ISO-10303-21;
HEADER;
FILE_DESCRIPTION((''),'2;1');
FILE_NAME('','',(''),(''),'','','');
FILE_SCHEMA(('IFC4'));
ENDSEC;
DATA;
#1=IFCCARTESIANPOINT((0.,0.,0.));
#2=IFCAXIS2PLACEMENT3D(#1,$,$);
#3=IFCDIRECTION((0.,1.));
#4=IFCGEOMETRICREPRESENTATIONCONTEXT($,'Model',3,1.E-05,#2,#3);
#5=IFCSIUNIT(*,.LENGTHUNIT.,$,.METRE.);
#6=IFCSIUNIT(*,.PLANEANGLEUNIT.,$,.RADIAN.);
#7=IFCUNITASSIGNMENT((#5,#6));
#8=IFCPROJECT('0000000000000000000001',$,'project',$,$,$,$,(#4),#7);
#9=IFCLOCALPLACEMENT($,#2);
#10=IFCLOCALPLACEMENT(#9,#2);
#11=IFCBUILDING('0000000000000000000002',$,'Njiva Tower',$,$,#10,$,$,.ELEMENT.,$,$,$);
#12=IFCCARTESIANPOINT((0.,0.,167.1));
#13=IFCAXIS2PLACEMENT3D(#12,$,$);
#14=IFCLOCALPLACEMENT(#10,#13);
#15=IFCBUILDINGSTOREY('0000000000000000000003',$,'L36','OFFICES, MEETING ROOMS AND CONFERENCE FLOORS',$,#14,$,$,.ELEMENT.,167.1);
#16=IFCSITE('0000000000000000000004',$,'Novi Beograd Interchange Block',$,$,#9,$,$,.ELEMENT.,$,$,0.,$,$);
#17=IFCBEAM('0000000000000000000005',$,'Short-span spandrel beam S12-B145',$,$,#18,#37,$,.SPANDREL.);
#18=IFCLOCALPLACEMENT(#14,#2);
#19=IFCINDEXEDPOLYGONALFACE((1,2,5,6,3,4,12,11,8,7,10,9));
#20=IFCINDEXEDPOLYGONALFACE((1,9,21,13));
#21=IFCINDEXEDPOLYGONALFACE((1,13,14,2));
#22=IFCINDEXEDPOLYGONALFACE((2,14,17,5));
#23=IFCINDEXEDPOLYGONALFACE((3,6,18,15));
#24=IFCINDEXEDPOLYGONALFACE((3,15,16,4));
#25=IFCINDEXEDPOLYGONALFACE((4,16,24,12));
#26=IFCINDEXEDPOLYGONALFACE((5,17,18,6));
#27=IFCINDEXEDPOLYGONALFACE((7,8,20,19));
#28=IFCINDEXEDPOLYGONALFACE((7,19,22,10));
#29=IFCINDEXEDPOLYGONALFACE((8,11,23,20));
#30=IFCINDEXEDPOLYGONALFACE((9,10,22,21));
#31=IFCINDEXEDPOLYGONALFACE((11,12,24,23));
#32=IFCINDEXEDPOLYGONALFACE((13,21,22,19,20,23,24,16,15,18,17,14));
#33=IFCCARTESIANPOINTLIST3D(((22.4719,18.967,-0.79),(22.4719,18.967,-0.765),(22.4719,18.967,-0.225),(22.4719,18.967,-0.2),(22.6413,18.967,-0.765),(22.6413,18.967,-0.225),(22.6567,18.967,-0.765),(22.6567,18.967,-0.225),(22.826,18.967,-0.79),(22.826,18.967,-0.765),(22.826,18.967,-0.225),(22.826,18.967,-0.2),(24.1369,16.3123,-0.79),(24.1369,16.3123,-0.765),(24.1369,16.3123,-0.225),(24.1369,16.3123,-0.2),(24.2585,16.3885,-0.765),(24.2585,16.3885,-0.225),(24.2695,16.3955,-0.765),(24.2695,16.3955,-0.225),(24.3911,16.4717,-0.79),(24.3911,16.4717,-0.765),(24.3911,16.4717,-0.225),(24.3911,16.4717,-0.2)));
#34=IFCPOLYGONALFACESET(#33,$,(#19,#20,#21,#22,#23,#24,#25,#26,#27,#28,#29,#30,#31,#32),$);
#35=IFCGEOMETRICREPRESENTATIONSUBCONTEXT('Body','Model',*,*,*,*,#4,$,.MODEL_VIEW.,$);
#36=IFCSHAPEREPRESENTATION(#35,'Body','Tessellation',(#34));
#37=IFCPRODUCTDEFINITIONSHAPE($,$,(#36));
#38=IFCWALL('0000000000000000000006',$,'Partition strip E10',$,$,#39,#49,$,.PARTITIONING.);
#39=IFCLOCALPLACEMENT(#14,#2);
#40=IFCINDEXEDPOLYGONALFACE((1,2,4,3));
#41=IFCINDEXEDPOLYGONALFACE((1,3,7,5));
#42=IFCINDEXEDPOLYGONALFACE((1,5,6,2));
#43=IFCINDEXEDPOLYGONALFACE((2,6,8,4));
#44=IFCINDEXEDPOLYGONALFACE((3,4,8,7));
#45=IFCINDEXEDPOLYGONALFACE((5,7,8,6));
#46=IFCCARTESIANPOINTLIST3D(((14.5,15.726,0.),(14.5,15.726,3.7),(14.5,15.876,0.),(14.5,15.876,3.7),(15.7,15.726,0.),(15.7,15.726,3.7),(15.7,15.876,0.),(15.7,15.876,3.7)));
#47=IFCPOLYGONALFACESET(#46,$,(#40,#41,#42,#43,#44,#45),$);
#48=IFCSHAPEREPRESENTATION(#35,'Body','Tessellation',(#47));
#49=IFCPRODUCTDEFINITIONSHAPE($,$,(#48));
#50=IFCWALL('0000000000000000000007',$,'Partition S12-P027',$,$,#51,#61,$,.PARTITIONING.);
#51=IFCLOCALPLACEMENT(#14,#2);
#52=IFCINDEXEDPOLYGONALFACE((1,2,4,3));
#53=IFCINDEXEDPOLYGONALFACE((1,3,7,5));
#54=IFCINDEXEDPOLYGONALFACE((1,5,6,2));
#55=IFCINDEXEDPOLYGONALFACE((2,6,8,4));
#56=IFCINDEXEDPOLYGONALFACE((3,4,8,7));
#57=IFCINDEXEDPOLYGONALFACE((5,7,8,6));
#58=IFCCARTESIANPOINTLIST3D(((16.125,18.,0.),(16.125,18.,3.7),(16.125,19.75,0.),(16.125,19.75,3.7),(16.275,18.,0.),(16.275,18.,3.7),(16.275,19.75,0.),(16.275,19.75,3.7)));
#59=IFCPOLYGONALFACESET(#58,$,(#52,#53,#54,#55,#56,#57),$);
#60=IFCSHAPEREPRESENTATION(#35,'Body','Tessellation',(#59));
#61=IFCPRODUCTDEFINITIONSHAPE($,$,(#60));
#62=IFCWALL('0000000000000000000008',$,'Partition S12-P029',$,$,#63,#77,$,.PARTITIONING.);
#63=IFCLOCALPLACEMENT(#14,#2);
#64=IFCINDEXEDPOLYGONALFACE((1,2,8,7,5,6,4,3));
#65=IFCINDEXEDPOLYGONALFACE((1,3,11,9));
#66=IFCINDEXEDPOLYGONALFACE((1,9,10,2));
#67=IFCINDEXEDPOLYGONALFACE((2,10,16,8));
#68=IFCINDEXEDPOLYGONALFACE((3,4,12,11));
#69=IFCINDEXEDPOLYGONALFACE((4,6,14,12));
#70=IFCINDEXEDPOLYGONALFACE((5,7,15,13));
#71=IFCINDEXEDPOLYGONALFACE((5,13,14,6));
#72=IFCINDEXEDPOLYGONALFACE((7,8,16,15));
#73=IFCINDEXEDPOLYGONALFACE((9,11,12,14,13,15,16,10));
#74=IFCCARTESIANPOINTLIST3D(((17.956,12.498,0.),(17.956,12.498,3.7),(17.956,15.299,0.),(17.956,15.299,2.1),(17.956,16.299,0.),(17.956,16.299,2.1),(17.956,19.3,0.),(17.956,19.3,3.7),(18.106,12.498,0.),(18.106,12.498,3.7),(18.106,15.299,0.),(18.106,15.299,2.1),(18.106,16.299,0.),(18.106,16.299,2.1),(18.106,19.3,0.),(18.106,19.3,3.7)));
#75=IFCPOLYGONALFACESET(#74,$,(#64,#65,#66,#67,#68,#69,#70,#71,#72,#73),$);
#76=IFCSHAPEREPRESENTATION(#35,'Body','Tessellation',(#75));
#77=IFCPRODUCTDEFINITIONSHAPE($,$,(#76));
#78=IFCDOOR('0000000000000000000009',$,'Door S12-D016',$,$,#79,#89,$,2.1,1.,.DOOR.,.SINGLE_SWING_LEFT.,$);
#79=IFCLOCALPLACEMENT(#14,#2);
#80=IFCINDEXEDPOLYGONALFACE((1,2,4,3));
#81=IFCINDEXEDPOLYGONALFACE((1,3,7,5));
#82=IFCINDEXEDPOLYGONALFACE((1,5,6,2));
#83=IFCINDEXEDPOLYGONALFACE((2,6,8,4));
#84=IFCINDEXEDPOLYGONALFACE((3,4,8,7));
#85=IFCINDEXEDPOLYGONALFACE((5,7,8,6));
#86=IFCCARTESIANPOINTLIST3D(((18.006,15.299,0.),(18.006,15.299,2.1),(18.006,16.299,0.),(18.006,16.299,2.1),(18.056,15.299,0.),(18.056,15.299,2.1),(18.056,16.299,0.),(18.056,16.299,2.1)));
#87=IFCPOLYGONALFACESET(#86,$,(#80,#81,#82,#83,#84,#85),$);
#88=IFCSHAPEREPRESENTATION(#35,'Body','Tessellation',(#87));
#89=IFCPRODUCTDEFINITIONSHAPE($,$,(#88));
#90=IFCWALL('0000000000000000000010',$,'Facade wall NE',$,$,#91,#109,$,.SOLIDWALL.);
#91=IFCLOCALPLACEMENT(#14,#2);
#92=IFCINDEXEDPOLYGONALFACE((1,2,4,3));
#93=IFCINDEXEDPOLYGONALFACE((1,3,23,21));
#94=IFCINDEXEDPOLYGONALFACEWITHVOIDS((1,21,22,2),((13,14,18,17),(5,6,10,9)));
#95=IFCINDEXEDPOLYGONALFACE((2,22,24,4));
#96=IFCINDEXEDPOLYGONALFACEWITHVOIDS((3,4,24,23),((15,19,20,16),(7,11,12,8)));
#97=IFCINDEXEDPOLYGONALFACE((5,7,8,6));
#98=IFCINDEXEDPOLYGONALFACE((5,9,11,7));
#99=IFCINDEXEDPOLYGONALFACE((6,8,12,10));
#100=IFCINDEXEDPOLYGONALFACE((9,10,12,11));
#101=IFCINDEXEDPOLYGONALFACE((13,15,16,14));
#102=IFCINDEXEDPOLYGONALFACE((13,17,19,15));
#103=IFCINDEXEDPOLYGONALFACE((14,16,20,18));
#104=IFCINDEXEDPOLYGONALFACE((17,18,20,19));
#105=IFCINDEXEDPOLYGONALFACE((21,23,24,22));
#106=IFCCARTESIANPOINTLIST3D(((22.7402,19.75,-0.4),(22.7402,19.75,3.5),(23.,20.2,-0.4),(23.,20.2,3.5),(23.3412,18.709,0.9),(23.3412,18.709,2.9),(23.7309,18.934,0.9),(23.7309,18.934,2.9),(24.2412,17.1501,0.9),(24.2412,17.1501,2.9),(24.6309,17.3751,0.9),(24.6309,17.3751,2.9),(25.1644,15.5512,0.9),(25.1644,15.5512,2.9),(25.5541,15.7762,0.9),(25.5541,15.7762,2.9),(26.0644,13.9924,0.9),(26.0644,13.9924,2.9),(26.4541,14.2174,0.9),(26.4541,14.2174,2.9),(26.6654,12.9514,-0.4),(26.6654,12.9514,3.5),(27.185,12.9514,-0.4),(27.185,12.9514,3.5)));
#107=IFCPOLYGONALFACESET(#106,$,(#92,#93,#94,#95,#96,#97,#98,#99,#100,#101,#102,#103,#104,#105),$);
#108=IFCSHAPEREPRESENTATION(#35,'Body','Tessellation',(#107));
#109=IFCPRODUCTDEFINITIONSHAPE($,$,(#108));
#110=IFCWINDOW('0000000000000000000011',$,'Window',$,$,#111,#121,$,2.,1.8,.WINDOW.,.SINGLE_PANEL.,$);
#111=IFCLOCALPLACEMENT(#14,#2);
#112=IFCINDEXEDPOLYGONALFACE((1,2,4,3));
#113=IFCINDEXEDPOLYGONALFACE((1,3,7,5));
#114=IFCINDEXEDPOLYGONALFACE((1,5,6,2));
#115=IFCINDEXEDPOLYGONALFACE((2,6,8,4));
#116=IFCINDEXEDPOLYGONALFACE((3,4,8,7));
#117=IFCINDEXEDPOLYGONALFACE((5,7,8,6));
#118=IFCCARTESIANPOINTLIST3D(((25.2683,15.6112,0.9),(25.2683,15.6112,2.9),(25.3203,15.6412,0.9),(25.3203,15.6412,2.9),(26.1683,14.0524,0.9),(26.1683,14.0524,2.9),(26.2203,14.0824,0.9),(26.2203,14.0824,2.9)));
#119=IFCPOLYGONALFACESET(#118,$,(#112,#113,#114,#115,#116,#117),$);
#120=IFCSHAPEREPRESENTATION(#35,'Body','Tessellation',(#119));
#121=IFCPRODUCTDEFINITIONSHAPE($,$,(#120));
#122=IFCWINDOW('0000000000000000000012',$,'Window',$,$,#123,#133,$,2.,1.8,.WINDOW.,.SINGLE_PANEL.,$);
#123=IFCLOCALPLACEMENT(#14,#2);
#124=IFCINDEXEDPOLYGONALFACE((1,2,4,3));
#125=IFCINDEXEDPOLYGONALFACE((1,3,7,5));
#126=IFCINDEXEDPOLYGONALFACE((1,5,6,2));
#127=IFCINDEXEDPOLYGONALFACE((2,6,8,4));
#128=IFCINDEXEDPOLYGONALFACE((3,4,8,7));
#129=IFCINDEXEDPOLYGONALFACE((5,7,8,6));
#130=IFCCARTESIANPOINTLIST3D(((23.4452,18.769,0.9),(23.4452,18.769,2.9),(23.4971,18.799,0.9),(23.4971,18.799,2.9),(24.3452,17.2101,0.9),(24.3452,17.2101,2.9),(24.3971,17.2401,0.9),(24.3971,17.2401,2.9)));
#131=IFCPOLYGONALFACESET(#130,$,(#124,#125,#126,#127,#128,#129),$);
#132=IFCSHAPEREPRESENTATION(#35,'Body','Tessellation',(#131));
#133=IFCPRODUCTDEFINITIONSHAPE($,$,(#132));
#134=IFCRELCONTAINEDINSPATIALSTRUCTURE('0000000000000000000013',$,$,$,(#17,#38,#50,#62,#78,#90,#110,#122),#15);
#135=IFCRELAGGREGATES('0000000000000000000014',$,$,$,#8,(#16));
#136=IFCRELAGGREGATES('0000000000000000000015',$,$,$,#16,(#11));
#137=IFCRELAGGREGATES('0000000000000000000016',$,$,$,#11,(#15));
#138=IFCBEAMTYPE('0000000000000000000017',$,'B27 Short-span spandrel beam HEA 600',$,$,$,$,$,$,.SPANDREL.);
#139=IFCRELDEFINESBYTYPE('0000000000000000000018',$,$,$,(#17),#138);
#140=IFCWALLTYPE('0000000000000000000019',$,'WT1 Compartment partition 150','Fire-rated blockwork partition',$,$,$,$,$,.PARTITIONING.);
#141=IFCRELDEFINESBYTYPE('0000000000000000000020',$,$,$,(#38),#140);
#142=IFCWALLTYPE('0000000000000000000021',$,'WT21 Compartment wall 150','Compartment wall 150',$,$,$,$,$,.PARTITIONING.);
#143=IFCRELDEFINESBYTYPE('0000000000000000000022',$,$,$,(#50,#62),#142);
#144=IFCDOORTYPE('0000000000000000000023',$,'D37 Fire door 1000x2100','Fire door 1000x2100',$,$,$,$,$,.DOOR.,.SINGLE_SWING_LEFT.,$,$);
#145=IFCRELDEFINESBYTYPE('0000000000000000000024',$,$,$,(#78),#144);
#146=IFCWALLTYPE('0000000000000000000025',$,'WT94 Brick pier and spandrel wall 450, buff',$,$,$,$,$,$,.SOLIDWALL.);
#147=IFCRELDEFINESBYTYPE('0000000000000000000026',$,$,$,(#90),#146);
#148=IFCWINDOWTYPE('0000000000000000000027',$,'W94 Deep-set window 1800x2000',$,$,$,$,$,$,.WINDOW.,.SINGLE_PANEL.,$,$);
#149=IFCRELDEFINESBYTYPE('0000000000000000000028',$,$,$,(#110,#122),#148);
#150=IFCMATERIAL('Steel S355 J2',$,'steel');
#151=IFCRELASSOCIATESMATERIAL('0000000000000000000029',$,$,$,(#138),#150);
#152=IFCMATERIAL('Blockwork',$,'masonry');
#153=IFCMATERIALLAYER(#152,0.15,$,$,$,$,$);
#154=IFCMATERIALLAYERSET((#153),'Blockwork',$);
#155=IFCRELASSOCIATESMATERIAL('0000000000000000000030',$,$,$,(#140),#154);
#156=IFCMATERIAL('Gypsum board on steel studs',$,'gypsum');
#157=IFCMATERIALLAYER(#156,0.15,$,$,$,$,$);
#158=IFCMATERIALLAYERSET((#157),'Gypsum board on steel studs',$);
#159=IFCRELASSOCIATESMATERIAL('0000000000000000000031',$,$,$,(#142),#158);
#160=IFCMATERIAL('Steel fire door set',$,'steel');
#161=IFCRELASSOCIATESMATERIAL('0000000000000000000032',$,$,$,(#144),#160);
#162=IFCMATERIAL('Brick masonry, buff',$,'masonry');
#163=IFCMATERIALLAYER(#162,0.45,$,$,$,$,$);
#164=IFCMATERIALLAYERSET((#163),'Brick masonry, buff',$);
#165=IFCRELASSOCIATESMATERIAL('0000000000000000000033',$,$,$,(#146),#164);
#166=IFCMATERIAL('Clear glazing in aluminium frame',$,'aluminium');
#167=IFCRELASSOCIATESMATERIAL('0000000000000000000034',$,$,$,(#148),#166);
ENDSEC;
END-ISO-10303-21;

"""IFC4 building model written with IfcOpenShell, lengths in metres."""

from ifc_helpers import new_model, si_unit, direction, frame, frame_2d, origin, origin_2d, place, context, subcontext, project, spatial, polyline, rectangle, i_section, outline, extrude, clip, halfspace, material, layer, layer_set, material_profile, profile_set, type_object, element, fill, save


model = new_model("IFC4")

# Units and contexts
model_context = context("Model", 3, precision=1e-05, world=origin(), true_north=direction((0.0, 1.0)))
body_context = subcontext(model_context, "Body", "Model", "MODEL_VIEW")
ifc_project = project(units=[si_unit("LENGTHUNIT", "METRE"), si_unit("PLANEANGLEUNIT", "RADIAN")], contexts=[model_context])

# Site, building, storey
site_placement = place(None, origin())
site = spatial("IfcSite", under=ifc_project, at=site_placement, Name="Novi Beograd Interchange Block", CompositionType="ELEMENT", RefElevation=0.0)
building_placement = place(site_placement, origin())
building = spatial("IfcBuilding", under=site, at=building_placement, Name="Njiva Tower", CompositionType="ELEMENT")
storey_placement = place(building_placement, frame((0.0, 0.0, 167.1)))
storey = spatial("IfcBuildingStorey", under=building, at=storey_placement, Name="L36", Description="OFFICES, MEETING ROOMS AND CONFERENCE FLOORS", CompositionType="ELEMENT", Elevation=167.1)

# Shared definitions
ifc_material_1 = material(Name="Steel S355 J2", Category="steel")

# Beam
ifc_material_profile_1 = material_profile(ifc_material_1, i_section(OverallWidth=0.3, OverallDepth=0.59, WebThickness=0.013, FlangeThickness=0.025, at=origin_2d()), Name="HEA 600")
ifc_profile_set_1 = profile_set([ifc_material_profile_1], Name="Steel S355 J2")
beam_type_1 = type_object("IfcBeamType", Name="B27 Short-span spandrel beam HEA 600", PredefinedType="SPANDREL", material=ifc_profile_set_1)
beam_1_placement = place(storey_placement, frame((24.264, 16.392, -0.495), z_axis=(-0.531329, 0.847166, 0.0), x_axis=(-0.847166, -0.531329, 0.0)))
element("IfcBeam", 1, at=beam_1_placement, inside=storey, type_object=beam_type_1, Name="Short-span spandrel beam S12-B145", PredefinedType="SPANDREL", context=body_context, shape_type="Clipping", body=[
    clip(extrude(i_section(OverallWidth=0.3, OverallDepth=0.59, WebThickness=0.013, FlangeThickness=0.025, at=origin_2d()), origin(), (0.0, 0.0, 1.0), 3.1535), halfspace(frame((-0.0269, 0.0, 3.0227), z_axis=(-0.531329, 0.0, 0.847166), x_axis=(0.0, 1.0, 0.0)), False)),
])

# Walls
ifc_material_2 = material(Name="Blockwork", Category="masonry")
ifc_layer_1 = layer(ifc_material_2, 0.15)
ifc_layer_set_1 = layer_set([ifc_layer_1], Name="Blockwork")
wall_type_1 = type_object("IfcWallType", Name="WT1 Compartment partition 150", Description="Fire-rated blockwork partition", PredefinedType="PARTITIONING", material=ifc_layer_set_1)
wall_1_placement = place(storey_placement, frame((14.5, 15.801, 0.0), z_axis=(0.0, 0.0, 1.0), x_axis=(1.0, 0.0, 0.0)))
element("IfcWall", 2, at=wall_1_placement, inside=storey, type_object=wall_type_1, Name="Partition strip E10", PredefinedType="PARTITIONING", context=body_context, shape_type="SweptSolid", body=[
    extrude(rectangle(XDim=1.2, YDim=0.15, at=frame_2d((0.6, 0.0))), origin(), (0.0, 0.0, 1.0), 3.7),
])
ifc_material_3 = material(Name="Gypsum board on steel studs", Category="gypsum")
ifc_layer_2 = layer(ifc_material_3, 0.15)
ifc_layer_set_2 = layer_set([ifc_layer_2], Name="Gypsum board on steel studs")
wall_type_2 = type_object("IfcWallType", Name="WT21 Compartment wall 150", Description="Compartment wall 150", PredefinedType="PARTITIONING", material=ifc_layer_set_2)
wall_2_placement = place(storey_placement, frame((16.2, 18.0, 0.0), z_axis=(0.0, 0.0, 1.0), x_axis=(0.0, 1.0, 0.0)))
element("IfcWall", 3, at=wall_2_placement, inside=storey, type_object=wall_type_2, Name="Partition S12-P027", PredefinedType="PARTITIONING", context=body_context, shape_type="SweptSolid", body=[
    extrude(rectangle(XDim=1.75, YDim=0.15, at=frame_2d((0.875, 0.0))), origin(), (0.0, 0.0, 1.0), 3.7),
])

# Wall, opening, door
wall_3_placement = place(storey_placement, frame((18.031, 12.498, 0.0), z_axis=(0.0, 0.0, 1.0), x_axis=(0.0, 1.0, 0.0)))
wall_3 = element("IfcWall", 4, at=wall_3_placement, inside=storey, type_object=wall_type_2, Name="Partition S12-P029", PredefinedType="PARTITIONING", context=body_context, shape_type="SweptSolid", body=[
    extrude(rectangle(XDim=6.802, YDim=0.15, at=frame_2d((3.401, 0.0))), origin(), (0.0, 0.0, 1.0), 3.7),
])
opening_1_placement = place(wall_3_placement, frame((2.801, 0.0, 0.0)))
opening_1 = element("IfcOpeningElement", 5, at=opening_1_placement, cuts=wall_3, PredefinedType="OPENING", context=body_context, shape_type="SweptSolid", body=[
    extrude(rectangle(XDim=1.0, YDim=2.1, at=frame_2d((0.5, 1.05))), frame((0.0, 0.085, 0.0), z_axis=(0.0, -1.0, 0.0), x_axis=(1.0, 0.0, 0.0)), (0.0, 0.0, 1.0), 0.17),
])
ifc_material_4 = material(Name="Steel fire door set", Category="steel")
door_type = type_object("IfcDoorType", Name="D37 Fire door 1000x2100", Description="Fire door 1000x2100", OperationType="SINGLE_SWING_LEFT", PredefinedType="DOOR", material=ifc_material_4)
door_placement = place(opening_1_placement, origin())
door = element("IfcDoor", 6, at=door_placement, inside=storey, type_object=door_type, Name="Door S12-D016", OperationType="SINGLE_SWING_LEFT", OverallHeight=2.1, OverallWidth=1.0, PredefinedType="DOOR", context=body_context, shape_type="SweptSolid", body=[
    extrude(rectangle(XDim=1.0, YDim=2.1, at=frame_2d((0.5, 1.05))), frame((0.0, 0.025, 0.0), z_axis=(0.0, -1.0, 0.0), x_axis=(1.0, 0.0, 0.0)), (0.0, 0.0, 1.0), 0.05),
])
fill(opening_1, door)

# Wall, openings, windows
ifc_material_5 = material(Name="Clear glazing in aluminium frame", Category="aluminium")
ifc_material_6 = material(Name="Brick masonry, buff", Category="masonry")
ifc_layer_3 = layer(ifc_material_6, 0.45)
ifc_layer_set_3 = layer_set([ifc_layer_3], Name="Brick masonry, buff")
wall_type_3 = type_object("IfcWallType", Name="WT94 Brick pier and spandrel wall 450, buff", PredefinedType="SOLIDWALL", material=ifc_layer_set_3)
wall_4_placement = place(storey_placement, frame((26.9252, 12.9514, -0.4), z_axis=(0.0, 0.0, 1.0), x_axis=(-0.500002, 0.866024, 0.0)))
wall_4 = element("IfcWall", 7, at=wall_4_placement, inside=storey, type_object=wall_type_3, Name="Facade wall NE", PredefinedType="SOLIDWALL", context=body_context, shape_type="SweptSolid", body=[
    extrude(outline(polyline([(-0.1299, -0.225), (8.2401, -0.225), (7.9803, 0.225), (0.1299, 0.225), (-0.1299, -0.225)])), origin(), (0.0, 0.0, 1.0), 3.9),
])
opening_2_placement = place(wall_4_placement, frame((1.3319, 0.0, 1.3)))
opening_2 = element("IfcOpeningElement", 8, at=opening_2_placement, cuts=wall_4, PredefinedType="OPENING", context=body_context, shape_type="SweptSolid", body=[
    extrude(rectangle(XDim=1.8, YDim=2.0, at=frame_2d((0.9, 1.0))), frame((0.0, 0.235, 0.0), z_axis=(0.0, -1.0, 0.0), x_axis=(1.0, 0.0, 0.0)), (0.0, 0.0, 1.0), 0.47),
])
opening_3_placement = place(wall_4_placement, frame((4.9782, 0.0, 1.3)))
opening_3 = element("IfcOpeningElement", 9, at=opening_3_placement, cuts=wall_4, PredefinedType="OPENING", context=body_context, shape_type="SweptSolid", body=[
    extrude(rectangle(XDim=1.8, YDim=2.0, at=frame_2d((0.9, 1.0))), frame((0.0, 0.235, 0.0), z_axis=(0.0, -1.0, 0.0), x_axis=(1.0, 0.0, 0.0)), (0.0, 0.0, 1.0), 0.47),
])
window_type_1 = type_object("IfcWindowType", Name="W94 Deep-set window 1800x2000", PartitioningType="SINGLE_PANEL", PredefinedType="WINDOW", material=ifc_material_5)
window_1_placement = place(opening_2_placement, origin())
window_1 = element("IfcWindow", 10, at=window_1_placement, inside=storey, type_object=window_type_1, Name="Window", OverallHeight=2.0, OverallWidth=1.8, PartitioningType="SINGLE_PANEL", PredefinedType="WINDOW", context=body_context, shape_type="SweptSolid", body=[
    extrude(rectangle(XDim=1.8, YDim=2.0, at=frame_2d((0.9, 1.0))), frame((0.0, 0.105, 0.0), z_axis=(0.0, -1.0, 0.0), x_axis=(1.0, 0.0, 0.0)), (0.0, 0.0, 1.0), 0.06),
])
fill(opening_2, window_1)
window_2_placement = place(opening_3_placement, origin())
window_2 = element("IfcWindow", 11, at=window_2_placement, inside=storey, type_object=window_type_1, Name="Window", OverallHeight=2.0, OverallWidth=1.8, PartitioningType="SINGLE_PANEL", PredefinedType="WINDOW", context=body_context, shape_type="SweptSolid", body=[
    extrude(rectangle(XDim=1.8, YDim=2.0, at=frame_2d((0.9, 1.0))), frame((0.0, 0.105, 0.0), z_axis=(0.0, -1.0, 0.0), x_axis=(1.0, 0.0, 0.0)), (0.0, 0.0, 1.0), 0.06),
])
fill(opening_3, window_2)

save(model, "model.ifc")
